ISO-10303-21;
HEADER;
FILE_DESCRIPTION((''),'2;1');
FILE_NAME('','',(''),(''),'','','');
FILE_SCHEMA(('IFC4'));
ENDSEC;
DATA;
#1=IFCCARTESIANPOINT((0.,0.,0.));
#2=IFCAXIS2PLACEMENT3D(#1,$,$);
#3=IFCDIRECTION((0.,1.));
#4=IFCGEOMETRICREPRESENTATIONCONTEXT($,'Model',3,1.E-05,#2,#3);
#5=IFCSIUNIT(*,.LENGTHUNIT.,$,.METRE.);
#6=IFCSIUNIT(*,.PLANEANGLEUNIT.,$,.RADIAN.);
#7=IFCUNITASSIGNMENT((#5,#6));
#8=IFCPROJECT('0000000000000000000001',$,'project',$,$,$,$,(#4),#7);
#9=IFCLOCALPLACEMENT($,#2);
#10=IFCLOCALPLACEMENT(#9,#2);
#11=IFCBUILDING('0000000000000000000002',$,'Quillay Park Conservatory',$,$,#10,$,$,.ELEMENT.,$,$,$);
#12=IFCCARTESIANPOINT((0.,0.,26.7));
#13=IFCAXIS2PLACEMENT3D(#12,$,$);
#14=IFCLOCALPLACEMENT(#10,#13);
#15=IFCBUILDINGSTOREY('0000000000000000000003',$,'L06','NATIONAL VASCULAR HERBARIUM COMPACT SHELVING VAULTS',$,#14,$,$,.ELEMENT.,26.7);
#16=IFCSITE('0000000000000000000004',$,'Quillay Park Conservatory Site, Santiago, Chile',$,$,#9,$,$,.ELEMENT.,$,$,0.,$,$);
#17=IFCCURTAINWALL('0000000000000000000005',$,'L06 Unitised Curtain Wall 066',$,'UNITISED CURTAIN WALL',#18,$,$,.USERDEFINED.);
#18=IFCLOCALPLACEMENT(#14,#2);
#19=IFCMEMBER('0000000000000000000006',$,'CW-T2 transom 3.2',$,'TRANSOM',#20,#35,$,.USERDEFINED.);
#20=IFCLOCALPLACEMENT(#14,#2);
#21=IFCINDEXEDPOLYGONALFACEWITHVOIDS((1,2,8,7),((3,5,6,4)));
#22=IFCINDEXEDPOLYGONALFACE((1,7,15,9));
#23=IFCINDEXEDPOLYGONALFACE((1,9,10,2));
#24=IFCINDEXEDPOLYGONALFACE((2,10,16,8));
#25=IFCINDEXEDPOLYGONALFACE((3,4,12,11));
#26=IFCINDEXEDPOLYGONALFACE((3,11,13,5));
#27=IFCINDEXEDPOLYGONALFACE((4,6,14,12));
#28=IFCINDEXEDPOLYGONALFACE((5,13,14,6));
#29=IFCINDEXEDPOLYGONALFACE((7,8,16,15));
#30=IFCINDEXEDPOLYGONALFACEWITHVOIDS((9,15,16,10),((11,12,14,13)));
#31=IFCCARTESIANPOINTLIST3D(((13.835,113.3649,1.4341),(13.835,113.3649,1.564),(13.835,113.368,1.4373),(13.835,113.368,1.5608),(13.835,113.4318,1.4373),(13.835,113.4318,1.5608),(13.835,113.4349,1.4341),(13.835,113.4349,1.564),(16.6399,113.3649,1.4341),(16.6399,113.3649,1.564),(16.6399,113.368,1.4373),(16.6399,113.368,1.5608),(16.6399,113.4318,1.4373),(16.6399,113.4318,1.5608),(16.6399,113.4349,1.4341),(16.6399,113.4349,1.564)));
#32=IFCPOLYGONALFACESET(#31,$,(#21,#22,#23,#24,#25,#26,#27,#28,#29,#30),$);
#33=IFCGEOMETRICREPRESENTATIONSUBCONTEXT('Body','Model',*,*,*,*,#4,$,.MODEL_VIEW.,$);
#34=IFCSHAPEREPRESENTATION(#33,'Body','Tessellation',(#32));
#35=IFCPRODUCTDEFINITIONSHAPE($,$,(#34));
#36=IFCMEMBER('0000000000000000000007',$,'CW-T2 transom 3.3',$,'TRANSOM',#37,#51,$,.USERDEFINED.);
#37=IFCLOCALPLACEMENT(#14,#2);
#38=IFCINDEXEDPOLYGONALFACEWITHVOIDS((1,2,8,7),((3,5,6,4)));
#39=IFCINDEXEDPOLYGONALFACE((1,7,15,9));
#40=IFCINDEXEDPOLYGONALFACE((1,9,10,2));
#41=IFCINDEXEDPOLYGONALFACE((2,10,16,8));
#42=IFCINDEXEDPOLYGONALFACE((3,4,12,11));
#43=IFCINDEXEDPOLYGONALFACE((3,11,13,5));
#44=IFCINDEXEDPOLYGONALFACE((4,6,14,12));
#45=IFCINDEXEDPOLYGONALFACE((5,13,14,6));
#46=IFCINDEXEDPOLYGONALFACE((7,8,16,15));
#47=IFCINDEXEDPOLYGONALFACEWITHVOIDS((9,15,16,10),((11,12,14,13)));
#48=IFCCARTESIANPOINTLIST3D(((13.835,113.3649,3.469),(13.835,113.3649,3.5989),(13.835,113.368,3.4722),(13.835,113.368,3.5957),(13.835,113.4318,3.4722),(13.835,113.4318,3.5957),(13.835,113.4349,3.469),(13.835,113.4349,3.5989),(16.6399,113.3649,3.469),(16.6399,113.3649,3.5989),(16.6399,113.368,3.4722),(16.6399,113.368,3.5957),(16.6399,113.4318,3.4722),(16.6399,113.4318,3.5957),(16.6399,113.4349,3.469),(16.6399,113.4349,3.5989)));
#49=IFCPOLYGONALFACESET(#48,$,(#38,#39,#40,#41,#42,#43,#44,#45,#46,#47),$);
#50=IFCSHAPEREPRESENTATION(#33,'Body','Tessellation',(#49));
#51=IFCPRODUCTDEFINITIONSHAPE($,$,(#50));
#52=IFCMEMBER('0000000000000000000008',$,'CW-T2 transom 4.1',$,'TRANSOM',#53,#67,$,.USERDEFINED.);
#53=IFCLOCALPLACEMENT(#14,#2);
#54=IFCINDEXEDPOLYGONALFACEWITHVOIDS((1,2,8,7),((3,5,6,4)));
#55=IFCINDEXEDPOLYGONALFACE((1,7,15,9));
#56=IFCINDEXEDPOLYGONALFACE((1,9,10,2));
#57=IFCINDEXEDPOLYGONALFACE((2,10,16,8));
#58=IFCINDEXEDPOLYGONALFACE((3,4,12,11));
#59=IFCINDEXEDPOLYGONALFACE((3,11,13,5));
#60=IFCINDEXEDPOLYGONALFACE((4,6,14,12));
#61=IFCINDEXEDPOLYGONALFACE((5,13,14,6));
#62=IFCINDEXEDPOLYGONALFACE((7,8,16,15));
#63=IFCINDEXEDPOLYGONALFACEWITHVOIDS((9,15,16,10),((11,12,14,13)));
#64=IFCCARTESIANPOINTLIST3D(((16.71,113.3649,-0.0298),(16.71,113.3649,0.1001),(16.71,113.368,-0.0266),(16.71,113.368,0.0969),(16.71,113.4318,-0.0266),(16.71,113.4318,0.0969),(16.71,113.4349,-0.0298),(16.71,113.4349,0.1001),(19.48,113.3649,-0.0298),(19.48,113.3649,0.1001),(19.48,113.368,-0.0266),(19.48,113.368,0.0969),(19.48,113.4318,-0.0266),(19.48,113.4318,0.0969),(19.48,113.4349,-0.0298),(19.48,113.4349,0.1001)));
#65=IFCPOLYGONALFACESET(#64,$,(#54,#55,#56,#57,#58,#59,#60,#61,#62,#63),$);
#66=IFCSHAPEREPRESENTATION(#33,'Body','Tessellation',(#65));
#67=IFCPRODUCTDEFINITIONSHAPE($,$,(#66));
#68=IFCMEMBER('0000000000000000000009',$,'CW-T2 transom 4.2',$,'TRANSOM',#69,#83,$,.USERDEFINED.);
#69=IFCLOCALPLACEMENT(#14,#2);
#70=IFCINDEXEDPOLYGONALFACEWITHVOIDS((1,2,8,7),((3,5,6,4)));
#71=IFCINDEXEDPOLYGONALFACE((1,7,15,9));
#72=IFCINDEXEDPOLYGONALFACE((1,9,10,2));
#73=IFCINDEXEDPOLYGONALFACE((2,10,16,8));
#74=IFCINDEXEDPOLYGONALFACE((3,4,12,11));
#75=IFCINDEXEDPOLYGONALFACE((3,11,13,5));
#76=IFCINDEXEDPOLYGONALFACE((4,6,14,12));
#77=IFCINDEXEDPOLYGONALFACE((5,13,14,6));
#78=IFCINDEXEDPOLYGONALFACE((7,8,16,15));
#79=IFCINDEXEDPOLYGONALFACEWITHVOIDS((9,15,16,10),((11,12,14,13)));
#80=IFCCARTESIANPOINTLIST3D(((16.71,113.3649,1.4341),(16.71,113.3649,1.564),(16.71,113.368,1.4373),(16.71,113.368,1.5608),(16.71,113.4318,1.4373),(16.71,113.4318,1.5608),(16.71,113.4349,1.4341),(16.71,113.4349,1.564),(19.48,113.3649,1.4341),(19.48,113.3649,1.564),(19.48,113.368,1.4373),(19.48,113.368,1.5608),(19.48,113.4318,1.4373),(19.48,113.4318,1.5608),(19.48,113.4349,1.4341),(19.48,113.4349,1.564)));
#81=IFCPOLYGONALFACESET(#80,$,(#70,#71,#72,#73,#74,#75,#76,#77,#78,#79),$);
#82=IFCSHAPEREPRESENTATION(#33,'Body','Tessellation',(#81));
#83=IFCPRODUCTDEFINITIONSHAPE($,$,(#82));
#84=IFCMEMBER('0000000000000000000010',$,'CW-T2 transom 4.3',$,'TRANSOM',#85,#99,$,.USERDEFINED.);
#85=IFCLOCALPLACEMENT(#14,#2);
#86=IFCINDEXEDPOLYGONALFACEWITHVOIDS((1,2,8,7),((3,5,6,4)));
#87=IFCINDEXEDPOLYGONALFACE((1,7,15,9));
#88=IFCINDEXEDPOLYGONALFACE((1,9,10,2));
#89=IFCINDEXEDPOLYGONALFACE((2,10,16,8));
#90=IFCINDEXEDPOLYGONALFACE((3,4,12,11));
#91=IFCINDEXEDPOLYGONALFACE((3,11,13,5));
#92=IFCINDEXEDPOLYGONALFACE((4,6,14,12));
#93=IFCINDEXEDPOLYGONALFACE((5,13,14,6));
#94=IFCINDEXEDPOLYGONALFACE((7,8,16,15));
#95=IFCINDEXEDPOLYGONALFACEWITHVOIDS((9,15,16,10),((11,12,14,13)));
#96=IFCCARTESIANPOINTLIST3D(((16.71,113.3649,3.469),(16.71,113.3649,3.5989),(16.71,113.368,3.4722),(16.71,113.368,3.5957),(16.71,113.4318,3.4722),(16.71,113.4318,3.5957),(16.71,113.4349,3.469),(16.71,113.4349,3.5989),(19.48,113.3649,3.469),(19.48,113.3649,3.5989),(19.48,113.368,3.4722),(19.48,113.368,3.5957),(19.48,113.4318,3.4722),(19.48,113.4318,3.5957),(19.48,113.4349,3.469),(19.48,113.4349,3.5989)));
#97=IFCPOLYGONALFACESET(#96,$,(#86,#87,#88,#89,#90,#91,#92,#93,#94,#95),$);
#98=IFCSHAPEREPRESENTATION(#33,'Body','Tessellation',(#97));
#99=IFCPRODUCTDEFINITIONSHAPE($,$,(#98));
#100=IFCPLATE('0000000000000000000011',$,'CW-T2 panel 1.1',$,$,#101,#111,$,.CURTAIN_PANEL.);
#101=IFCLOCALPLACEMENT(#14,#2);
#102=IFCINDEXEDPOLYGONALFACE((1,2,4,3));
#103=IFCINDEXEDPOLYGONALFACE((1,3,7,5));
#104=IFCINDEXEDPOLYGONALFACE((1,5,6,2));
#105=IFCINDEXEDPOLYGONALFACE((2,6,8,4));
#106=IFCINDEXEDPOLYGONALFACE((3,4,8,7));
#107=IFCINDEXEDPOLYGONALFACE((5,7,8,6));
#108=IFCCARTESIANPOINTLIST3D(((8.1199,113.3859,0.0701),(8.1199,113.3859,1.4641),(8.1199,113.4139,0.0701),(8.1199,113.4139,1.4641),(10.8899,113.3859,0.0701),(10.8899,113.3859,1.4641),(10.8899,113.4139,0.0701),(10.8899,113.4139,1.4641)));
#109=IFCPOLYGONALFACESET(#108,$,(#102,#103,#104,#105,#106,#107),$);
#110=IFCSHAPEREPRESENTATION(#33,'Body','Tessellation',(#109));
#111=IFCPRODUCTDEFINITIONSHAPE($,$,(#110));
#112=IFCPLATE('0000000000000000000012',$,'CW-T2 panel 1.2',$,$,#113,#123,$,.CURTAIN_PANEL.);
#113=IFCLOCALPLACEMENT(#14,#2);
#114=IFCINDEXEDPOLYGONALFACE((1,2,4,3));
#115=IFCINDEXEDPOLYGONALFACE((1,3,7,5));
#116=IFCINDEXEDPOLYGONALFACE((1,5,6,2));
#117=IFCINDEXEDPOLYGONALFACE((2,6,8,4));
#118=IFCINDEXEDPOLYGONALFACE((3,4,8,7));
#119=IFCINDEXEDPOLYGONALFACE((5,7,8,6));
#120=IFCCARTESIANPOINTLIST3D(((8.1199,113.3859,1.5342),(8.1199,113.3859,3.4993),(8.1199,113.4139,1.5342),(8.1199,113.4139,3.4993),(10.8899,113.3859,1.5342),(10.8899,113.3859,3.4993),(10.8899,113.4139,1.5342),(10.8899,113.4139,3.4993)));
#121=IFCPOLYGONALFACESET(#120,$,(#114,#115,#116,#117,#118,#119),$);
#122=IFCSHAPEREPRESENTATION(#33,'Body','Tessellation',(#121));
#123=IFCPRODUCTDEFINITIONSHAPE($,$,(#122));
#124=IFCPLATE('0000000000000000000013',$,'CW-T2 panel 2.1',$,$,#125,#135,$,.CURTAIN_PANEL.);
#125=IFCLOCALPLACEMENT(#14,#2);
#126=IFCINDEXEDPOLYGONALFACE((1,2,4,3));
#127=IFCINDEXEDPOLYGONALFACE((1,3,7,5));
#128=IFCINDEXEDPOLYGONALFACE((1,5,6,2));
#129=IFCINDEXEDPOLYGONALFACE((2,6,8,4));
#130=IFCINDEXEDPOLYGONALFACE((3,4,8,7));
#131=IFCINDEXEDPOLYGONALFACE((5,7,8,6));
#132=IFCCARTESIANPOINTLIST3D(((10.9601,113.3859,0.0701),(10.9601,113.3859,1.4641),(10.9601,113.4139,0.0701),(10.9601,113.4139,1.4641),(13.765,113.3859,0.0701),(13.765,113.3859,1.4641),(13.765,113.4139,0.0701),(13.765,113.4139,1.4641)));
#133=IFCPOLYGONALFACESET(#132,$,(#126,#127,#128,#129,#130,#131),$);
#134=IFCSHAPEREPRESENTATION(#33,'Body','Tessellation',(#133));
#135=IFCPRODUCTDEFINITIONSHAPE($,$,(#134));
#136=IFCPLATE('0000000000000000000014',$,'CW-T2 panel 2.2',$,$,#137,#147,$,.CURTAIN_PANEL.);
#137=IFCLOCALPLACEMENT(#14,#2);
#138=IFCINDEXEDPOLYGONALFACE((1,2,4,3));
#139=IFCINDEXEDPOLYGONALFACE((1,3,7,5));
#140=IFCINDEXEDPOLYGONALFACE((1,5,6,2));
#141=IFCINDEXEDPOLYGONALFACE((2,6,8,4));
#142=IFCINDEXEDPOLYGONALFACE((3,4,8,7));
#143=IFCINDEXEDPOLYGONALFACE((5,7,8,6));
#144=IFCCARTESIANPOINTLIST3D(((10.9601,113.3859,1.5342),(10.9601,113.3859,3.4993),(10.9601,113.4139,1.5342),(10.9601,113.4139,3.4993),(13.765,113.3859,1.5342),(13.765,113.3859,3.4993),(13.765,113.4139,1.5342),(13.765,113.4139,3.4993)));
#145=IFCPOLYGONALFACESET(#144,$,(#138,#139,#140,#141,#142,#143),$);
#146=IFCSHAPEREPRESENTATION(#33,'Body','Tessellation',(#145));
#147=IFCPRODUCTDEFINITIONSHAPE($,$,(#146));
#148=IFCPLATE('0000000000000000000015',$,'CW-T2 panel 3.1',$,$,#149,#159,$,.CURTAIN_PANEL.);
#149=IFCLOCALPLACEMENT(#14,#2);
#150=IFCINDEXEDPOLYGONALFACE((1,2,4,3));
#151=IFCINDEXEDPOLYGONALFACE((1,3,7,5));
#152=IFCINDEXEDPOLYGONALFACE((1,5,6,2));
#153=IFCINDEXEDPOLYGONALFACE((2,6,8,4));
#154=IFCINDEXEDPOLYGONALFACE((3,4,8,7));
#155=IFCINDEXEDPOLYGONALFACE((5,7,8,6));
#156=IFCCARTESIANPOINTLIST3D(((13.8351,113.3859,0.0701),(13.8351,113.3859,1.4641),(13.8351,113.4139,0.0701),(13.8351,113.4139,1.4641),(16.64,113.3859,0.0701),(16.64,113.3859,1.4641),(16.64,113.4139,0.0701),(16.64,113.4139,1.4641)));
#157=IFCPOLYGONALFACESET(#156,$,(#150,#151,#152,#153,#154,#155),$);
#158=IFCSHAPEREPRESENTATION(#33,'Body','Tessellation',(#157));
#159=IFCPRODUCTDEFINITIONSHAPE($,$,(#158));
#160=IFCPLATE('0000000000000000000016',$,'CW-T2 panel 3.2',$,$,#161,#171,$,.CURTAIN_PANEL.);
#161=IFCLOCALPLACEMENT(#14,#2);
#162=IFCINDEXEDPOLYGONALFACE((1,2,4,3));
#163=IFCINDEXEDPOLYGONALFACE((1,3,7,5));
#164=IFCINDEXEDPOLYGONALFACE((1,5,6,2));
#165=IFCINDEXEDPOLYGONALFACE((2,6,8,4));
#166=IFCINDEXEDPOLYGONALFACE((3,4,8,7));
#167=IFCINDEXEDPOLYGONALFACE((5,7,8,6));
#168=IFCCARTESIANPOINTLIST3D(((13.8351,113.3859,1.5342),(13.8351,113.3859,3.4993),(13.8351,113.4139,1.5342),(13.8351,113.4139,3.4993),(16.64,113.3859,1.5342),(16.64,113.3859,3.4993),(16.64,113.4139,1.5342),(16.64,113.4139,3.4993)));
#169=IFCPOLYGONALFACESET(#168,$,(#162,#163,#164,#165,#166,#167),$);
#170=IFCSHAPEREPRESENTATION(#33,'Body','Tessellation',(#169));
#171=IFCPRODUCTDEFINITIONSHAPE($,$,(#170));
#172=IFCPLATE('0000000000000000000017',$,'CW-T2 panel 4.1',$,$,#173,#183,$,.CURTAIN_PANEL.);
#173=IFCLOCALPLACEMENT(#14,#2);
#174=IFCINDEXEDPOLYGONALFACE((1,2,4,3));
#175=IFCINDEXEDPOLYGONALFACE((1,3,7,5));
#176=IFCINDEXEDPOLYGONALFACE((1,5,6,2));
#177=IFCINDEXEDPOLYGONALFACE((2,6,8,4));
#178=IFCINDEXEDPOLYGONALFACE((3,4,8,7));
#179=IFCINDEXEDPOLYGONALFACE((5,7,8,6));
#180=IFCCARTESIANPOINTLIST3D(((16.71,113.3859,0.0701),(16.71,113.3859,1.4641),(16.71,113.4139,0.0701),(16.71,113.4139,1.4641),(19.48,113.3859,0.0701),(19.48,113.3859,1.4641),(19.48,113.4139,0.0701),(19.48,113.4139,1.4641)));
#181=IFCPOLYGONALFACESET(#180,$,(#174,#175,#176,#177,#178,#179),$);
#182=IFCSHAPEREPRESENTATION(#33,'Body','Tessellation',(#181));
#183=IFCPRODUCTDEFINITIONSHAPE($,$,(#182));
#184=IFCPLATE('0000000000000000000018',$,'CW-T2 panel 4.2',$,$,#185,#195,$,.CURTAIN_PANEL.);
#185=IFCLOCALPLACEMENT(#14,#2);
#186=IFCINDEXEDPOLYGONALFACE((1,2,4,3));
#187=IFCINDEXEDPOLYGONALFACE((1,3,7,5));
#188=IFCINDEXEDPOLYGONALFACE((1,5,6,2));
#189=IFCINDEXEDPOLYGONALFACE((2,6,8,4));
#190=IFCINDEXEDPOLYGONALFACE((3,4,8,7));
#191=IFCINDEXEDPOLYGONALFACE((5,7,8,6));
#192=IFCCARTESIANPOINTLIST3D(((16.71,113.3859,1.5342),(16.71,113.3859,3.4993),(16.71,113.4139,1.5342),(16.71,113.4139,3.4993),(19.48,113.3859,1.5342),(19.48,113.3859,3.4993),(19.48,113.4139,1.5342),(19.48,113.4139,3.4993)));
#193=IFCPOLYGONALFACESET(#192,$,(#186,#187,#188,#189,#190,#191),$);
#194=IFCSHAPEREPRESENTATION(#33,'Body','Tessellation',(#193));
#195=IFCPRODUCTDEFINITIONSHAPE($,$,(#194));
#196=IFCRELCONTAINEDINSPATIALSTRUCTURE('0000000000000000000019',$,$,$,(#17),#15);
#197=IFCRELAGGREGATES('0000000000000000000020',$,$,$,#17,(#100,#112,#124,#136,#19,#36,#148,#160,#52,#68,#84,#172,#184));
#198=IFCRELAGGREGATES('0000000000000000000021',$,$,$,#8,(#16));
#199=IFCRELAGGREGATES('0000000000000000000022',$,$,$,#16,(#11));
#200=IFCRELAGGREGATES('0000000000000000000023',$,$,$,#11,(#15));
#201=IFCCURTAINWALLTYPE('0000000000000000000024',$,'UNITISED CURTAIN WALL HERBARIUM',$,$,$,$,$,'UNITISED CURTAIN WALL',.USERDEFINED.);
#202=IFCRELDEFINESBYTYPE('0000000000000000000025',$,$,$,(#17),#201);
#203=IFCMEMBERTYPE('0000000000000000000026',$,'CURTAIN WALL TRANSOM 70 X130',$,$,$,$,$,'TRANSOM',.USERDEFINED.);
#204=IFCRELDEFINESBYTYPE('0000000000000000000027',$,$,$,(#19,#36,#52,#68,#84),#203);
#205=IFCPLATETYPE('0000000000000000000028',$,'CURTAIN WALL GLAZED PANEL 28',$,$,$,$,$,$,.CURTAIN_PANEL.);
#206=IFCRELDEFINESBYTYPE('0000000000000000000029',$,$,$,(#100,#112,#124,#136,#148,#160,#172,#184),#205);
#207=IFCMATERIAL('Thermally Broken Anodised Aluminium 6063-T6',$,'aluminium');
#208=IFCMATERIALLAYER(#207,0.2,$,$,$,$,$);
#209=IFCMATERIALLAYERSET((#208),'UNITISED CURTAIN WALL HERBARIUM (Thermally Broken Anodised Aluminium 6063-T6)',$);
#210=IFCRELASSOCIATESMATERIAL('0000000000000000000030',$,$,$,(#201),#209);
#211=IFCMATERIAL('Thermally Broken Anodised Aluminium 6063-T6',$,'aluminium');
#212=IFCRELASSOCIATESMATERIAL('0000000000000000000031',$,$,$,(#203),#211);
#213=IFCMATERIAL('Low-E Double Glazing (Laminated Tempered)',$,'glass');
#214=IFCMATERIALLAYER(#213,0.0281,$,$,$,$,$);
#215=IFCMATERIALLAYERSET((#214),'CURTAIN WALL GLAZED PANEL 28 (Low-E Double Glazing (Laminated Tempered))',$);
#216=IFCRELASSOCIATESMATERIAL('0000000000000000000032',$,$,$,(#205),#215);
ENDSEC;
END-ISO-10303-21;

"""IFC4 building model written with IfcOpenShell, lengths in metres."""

from ifc_helpers import new_model, si_unit, direction, frame, origin, origin_2d, place, context, subcontext, project, spatial, rectangle, hollow_rectangle, extrude, material, layer, layer_set, material_profile, profile_set, type_object, element, aggregate, save


model = new_model("IFC4")

# Units and contexts
model_context = context("Model", 3, precision=1e-05, world=origin(), true_north=direction((0.0, 1.0)))
body_context = subcontext(model_context, "Body", "Model", "MODEL_VIEW")
ifc_project = project(units=[si_unit("LENGTHUNIT", "METRE"), si_unit("PLANEANGLEUNIT", "RADIAN")], contexts=[model_context])

# Site, building, storey
site_placement = place(None, origin())
site = spatial("IfcSite", under=ifc_project, at=site_placement, Name="Quillay Park Conservatory Site, Santiago, Chile", CompositionType="ELEMENT", RefElevation=0.0)
building_placement = place(site_placement, origin())
building = spatial("IfcBuilding", under=site, at=building_placement, Name="Quillay Park Conservatory", CompositionType="ELEMENT")
storey_placement = place(building_placement, frame((0.0, 0.0, 26.7)))
storey = spatial("IfcBuildingStorey", under=building, at=storey_placement, Name="L06", Description="NATIONAL VASCULAR HERBARIUM COMPACT SHELVING VAULTS", CompositionType="ELEMENT", Elevation=26.7)

# Curtain wall, members, plates
ifc_material_1 = material(Name="Thermally Broken Anodised Aluminium 6063-T6", Category="aluminium")
ifc_layer_1 = layer(ifc_material_1, 0.2)
ifc_layer_set_1 = layer_set([ifc_layer_1], Name="UNITISED CURTAIN WALL HERBARIUM (Thermally Broken Anodised Aluminium 6063-T6)")
curtain_wall_type = type_object("IfcCurtainWallType", Name="UNITISED CURTAIN WALL HERBARIUM", ElementType="UNITISED CURTAIN WALL", PredefinedType="USERDEFINED", material=ifc_layer_set_1)
curtain_wall_placement = place(storey_placement, origin())
curtain_wall = element("IfcCurtainWall", 1, at=curtain_wall_placement, inside=storey, type_object=curtain_wall_type, Name="L06 Unitised Curtain Wall 066", ObjectType="UNITISED CURTAIN WALL", PredefinedType="USERDEFINED")
ifc_material_2 = material(Name="Thermally Broken Anodised Aluminium 6063-T6", Category="aluminium")
ifc_material_profile_1 = material_profile(ifc_material_2, hollow_rectangle(XDim=0.0701, YDim=0.1299, WallThickness=0.0032, at=origin_2d()), Name="AL70x130x3.2")
ifc_profile_set_1 = profile_set([ifc_material_profile_1], Name="Thermally Broken Anodised Aluminium 6063-T6")
member_type_1 = type_object("IfcMemberType", Name="CURTAIN WALL TRANSOM 70 X130", ElementType="TRANSOM", PredefinedType="USERDEFINED", material=ifc_profile_set_1)
member_1_placement = place(storey_placement, frame((13.835, 113.3999, 1.499), z_axis=(1.0, 0.0, 0.0), x_axis=(0.0, 1.0, 0.0)))
member_1 = element("IfcMember", 2, at=member_1_placement, type_object=member_type_1, Name="CW-T2 transom 3.2", ObjectType="TRANSOM", PredefinedType="USERDEFINED", context=body_context, shape_type="SweptSolid", body=[
    extrude(hollow_rectangle(XDim=0.0701, YDim=0.1299, WallThickness=0.0032, at=origin_2d()), origin(), (0.0, 0.0, 1.0), 2.8049),
])
member_2_placement = place(storey_placement, frame((13.835, 113.3999, 3.5339), z_axis=(1.0, 0.0, 0.0), x_axis=(0.0, 1.0, 0.0)))
member_2 = element("IfcMember", 3, at=member_2_placement, type_object=member_type_1, Name="CW-T2 transom 3.3", ObjectType="TRANSOM", PredefinedType="USERDEFINED", context=body_context, shape_type="SweptSolid", body=[
    extrude(hollow_rectangle(XDim=0.0701, YDim=0.1299, WallThickness=0.0032, at=origin_2d()), origin(), (0.0, 0.0, 1.0), 2.8049),
])
member_3_placement = place(storey_placement, frame((16.71, 113.3999, 0.0352), z_axis=(1.0, 0.0, 0.0), x_axis=(0.0, 1.0, 0.0)))
member_3 = element("IfcMember", 4, at=member_3_placement, type_object=member_type_1, Name="CW-T2 transom 4.1", ObjectType="TRANSOM", PredefinedType="USERDEFINED", context=body_context, shape_type="SweptSolid", body=[
    extrude(hollow_rectangle(XDim=0.0701, YDim=0.1299, WallThickness=0.0032, at=origin_2d()), origin(), (0.0, 0.0, 1.0), 2.77),
])
member_4_placement = place(storey_placement, frame((16.71, 113.3999, 1.499), z_axis=(1.0, 0.0, 0.0), x_axis=(0.0, 1.0, 0.0)))
member_4 = element("IfcMember", 5, at=member_4_placement, type_object=member_type_1, Name="CW-T2 transom 4.2", ObjectType="TRANSOM", PredefinedType="USERDEFINED", context=body_context, shape_type="SweptSolid", body=[
    extrude(hollow_rectangle(XDim=0.0701, YDim=0.1299, WallThickness=0.0032, at=origin_2d()), origin(), (0.0, 0.0, 1.0), 2.77),
])
member_5_placement = place(storey_placement, frame((16.71, 113.3999, 3.5339), z_axis=(1.0, 0.0, 0.0), x_axis=(0.0, 1.0, 0.0)))
member_5 = element("IfcMember", 6, at=member_5_placement, type_object=member_type_1, Name="CW-T2 transom 4.3", ObjectType="TRANSOM", PredefinedType="USERDEFINED", context=body_context, shape_type="SweptSolid", body=[
    extrude(hollow_rectangle(XDim=0.0701, YDim=0.1299, WallThickness=0.0032, at=origin_2d()), origin(), (0.0, 0.0, 1.0), 2.77),
])
ifc_material_3 = material(Name="Low-E Double Glazing (Laminated Tempered)", Category="glass")
ifc_layer_2 = layer(ifc_material_3, 0.0281)
ifc_layer_set_2 = layer_set([ifc_layer_2], Name="CURTAIN WALL GLAZED PANEL 28 (Low-E Double Glazing (Laminated Tempered))")
plate_type = type_object("IfcPlateType", Name="CURTAIN WALL GLAZED PANEL 28", PredefinedType="CURTAIN_PANEL", material=ifc_layer_set_2)
plate_1_placement = place(storey_placement, frame((9.5049, 113.3999, 0.0701), z_axis=(0.0, 0.0, 1.0), x_axis=(1.0, 0.0, 0.0)))
plate_1 = element("IfcPlate", 7, at=plate_1_placement, type_object=plate_type, Name="CW-T2 panel 1.1", PredefinedType="CURTAIN_PANEL", context=body_context, shape_type="SweptSolid", body=[
    extrude(rectangle(XDim=2.77, YDim=0.0281, at=origin_2d()), origin(), (0.0, 0.0, 1.0), 1.394),
])
plate_2_placement = place(storey_placement, frame((9.5049, 113.3999, 1.5342), z_axis=(0.0, 0.0, 1.0), x_axis=(1.0, 0.0, 0.0)))
plate_2 = element("IfcPlate", 8, at=plate_2_placement, type_object=plate_type, Name="CW-T2 panel 1.2", PredefinedType="CURTAIN_PANEL", context=body_context, shape_type="SweptSolid", body=[
    extrude(rectangle(XDim=2.77, YDim=0.0281, at=origin_2d()), origin(), (0.0, 0.0, 1.0), 1.9651),
])
plate_3_placement = place(storey_placement, frame((12.3625, 113.3999, 0.0701), z_axis=(0.0, 0.0, 1.0), x_axis=(1.0, 0.0, 0.0)))
plate_3 = element("IfcPlate", 9, at=plate_3_placement, type_object=plate_type, Name="CW-T2 panel 2.1", PredefinedType="CURTAIN_PANEL", context=body_context, shape_type="SweptSolid", body=[
    extrude(rectangle(XDim=2.8049, YDim=0.0281, at=origin_2d()), origin(), (0.0, 0.0, 1.0), 1.394),
])
plate_4_placement = place(storey_placement, frame((12.3625, 113.3999, 1.5342), z_axis=(0.0, 0.0, 1.0), x_axis=(1.0, 0.0, 0.0)))
plate_4 = element("IfcPlate", 10, at=plate_4_placement, type_object=plate_type, Name="CW-T2 panel 2.2", PredefinedType="CURTAIN_PANEL", context=body_context, shape_type="SweptSolid", body=[
    extrude(rectangle(XDim=2.8049, YDim=0.0281, at=origin_2d()), origin(), (0.0, 0.0, 1.0), 1.9651),
])
plate_5_placement = place(storey_placement, frame((15.2375, 113.3999, 0.0701), z_axis=(0.0, 0.0, 1.0), x_axis=(1.0, 0.0, 0.0)))
plate_5 = element("IfcPlate", 11, at=plate_5_placement, type_object=plate_type, Name="CW-T2 panel 3.1", PredefinedType="CURTAIN_PANEL", context=body_context, shape_type="SweptSolid", body=[
    extrude(rectangle(XDim=2.8049, YDim=0.0281, at=origin_2d()), origin(), (0.0, 0.0, 1.0), 1.394),
])
plate_6_placement = place(storey_placement, frame((15.2375, 113.3999, 1.5342), z_axis=(0.0, 0.0, 1.0), x_axis=(1.0, 0.0, 0.0)))
plate_6 = element("IfcPlate", 12, at=plate_6_placement, type_object=plate_type, Name="CW-T2 panel 3.2", PredefinedType="CURTAIN_PANEL", context=body_context, shape_type="SweptSolid", body=[
    extrude(rectangle(XDim=2.8049, YDim=0.0281, at=origin_2d()), origin(), (0.0, 0.0, 1.0), 1.9651),
])
plate_7_placement = place(storey_placement, frame((18.095, 113.3999, 0.0701), z_axis=(0.0, 0.0, 1.0), x_axis=(1.0, 0.0, 0.0)))
plate_7 = element("IfcPlate", 13, at=plate_7_placement, type_object=plate_type, Name="CW-T2 panel 4.1", PredefinedType="CURTAIN_PANEL", context=body_context, shape_type="SweptSolid", body=[
    extrude(rectangle(XDim=2.77, YDim=0.0281, at=origin_2d()), origin(), (0.0, 0.0, 1.0), 1.394),
])
plate_8_placement = place(storey_placement, frame((18.095, 113.3999, 1.5342), z_axis=(0.0, 0.0, 1.0), x_axis=(1.0, 0.0, 0.0)))
plate_8 = element("IfcPlate", 14, at=plate_8_placement, type_object=plate_type, Name="CW-T2 panel 4.2", PredefinedType="CURTAIN_PANEL", context=body_context, shape_type="SweptSolid", body=[
    extrude(rectangle(XDim=2.77, YDim=0.0281, at=origin_2d()), origin(), (0.0, 0.0, 1.0), 1.9651),
])
aggregate(curtain_wall, [plate_1, plate_2, plate_3, plate_4, member_1, member_2, plate_5, plate_6, member_3, member_4, member_5, plate_7, plate_8])

save(model, "model.ifc")
